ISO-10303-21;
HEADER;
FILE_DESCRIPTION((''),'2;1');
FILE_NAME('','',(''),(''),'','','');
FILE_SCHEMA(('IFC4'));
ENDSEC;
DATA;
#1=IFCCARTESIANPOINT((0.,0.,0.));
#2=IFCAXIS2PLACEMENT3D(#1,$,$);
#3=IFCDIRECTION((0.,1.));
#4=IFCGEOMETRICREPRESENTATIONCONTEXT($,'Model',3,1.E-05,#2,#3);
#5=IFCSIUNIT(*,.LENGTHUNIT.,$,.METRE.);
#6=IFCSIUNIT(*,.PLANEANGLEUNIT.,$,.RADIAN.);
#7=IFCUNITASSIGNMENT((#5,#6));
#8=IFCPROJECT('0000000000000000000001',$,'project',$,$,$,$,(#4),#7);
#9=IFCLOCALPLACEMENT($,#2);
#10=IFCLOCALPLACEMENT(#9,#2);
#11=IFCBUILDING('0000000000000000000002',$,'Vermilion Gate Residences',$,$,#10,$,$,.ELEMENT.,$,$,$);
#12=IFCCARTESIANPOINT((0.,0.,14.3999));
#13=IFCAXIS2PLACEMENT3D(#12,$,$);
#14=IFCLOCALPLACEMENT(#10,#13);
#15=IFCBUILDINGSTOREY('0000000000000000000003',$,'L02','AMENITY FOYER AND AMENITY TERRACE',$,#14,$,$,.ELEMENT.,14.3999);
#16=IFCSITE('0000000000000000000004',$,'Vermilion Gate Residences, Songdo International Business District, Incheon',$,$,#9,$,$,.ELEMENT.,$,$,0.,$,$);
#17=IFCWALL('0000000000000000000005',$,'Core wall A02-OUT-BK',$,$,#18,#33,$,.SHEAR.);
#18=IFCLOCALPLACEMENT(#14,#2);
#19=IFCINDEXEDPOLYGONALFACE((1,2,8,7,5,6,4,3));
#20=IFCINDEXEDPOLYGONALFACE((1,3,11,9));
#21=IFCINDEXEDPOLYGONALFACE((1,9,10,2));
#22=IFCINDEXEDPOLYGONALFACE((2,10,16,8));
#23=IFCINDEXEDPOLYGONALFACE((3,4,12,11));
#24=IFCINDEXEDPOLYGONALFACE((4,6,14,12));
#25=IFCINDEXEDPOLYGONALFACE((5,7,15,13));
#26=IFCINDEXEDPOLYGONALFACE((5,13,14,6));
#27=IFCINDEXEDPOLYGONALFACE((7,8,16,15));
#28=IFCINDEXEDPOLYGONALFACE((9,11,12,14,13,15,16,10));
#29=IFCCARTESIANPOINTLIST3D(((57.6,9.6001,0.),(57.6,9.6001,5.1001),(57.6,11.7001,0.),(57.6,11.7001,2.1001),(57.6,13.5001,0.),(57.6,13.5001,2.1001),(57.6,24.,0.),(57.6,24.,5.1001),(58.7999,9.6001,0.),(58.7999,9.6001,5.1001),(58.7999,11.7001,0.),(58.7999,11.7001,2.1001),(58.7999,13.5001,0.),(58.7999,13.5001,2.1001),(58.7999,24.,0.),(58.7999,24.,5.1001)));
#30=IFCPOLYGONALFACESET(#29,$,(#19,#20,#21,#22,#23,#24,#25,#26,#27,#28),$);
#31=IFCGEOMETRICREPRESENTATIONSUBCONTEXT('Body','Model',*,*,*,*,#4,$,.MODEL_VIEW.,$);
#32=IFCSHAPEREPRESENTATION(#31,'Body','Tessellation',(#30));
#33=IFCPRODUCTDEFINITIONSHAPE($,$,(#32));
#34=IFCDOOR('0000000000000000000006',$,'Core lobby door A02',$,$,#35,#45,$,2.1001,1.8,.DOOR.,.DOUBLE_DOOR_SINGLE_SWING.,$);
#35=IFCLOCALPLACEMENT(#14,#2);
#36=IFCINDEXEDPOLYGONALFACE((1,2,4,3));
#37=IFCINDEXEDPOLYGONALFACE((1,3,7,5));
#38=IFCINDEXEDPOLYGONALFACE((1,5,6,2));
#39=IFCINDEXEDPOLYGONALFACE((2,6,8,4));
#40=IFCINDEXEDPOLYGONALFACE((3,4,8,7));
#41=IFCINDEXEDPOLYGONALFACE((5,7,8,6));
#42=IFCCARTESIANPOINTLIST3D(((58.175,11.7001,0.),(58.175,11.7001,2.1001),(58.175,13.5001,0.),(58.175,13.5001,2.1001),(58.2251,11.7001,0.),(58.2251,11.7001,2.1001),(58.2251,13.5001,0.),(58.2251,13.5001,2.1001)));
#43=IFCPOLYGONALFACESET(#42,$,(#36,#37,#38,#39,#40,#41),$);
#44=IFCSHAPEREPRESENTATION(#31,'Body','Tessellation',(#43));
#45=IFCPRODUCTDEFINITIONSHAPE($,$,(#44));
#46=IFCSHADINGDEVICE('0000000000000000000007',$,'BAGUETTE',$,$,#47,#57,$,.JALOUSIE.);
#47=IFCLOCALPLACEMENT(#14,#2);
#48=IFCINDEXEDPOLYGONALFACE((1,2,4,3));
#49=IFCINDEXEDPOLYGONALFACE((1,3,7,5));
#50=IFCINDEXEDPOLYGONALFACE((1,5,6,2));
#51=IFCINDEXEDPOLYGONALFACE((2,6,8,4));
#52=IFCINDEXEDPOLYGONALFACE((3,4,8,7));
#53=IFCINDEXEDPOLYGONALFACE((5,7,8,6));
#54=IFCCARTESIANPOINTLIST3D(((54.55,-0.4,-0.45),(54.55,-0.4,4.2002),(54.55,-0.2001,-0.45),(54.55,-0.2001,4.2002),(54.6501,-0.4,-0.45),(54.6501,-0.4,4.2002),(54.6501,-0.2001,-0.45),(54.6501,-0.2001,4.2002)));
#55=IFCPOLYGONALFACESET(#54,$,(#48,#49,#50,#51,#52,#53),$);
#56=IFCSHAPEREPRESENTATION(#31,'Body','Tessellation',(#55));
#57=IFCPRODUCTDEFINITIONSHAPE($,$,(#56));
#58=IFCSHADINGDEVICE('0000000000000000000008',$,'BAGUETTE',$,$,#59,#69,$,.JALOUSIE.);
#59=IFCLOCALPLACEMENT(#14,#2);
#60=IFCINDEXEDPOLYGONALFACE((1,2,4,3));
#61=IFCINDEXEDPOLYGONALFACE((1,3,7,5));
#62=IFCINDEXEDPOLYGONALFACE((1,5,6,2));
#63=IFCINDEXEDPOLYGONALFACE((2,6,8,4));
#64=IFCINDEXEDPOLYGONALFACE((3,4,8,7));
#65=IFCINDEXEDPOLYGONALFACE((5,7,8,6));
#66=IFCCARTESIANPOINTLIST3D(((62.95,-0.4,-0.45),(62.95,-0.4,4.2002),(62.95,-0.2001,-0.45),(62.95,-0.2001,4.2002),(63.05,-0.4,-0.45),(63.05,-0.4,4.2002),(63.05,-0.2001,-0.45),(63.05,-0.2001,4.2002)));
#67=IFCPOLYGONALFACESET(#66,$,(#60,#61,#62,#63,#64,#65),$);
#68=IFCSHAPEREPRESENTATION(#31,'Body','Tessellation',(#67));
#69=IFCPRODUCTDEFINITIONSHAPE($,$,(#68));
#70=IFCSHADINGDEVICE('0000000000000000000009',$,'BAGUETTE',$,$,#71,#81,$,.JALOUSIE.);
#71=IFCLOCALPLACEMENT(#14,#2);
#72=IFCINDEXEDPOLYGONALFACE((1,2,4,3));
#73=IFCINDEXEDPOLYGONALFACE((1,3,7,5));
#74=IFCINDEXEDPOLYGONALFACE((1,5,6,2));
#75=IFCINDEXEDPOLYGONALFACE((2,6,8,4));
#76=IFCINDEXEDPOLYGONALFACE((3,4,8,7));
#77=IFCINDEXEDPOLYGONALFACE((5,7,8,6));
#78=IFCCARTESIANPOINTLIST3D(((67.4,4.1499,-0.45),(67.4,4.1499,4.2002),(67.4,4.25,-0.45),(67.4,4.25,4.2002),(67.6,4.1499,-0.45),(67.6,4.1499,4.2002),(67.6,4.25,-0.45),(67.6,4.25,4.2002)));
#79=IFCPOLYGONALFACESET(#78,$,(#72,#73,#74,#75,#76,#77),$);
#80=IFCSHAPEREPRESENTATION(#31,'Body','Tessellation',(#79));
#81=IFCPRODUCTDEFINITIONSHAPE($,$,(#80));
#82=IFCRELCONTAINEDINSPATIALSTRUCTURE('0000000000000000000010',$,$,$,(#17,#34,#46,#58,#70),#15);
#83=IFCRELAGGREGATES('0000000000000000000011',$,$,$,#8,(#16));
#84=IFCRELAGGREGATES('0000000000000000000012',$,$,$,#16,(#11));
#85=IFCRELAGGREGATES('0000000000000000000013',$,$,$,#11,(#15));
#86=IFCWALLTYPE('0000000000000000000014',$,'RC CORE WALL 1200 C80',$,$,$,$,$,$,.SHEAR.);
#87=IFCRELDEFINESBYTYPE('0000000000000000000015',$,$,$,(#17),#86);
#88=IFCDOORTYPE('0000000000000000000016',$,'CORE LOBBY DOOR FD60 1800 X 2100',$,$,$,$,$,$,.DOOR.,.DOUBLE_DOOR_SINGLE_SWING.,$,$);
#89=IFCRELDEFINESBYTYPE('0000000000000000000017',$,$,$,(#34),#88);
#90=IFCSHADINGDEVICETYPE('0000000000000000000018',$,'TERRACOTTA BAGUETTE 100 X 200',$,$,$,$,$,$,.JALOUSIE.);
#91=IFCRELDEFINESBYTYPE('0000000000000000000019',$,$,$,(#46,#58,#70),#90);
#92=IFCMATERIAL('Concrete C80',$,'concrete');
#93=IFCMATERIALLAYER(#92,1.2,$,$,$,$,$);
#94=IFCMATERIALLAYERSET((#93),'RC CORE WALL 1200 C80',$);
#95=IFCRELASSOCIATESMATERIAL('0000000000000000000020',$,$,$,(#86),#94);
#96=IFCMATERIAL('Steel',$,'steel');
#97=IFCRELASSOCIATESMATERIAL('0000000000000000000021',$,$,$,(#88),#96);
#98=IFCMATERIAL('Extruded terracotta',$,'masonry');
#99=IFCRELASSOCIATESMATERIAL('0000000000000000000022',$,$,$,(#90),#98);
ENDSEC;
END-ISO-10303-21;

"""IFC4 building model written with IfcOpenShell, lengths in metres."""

from ifc_helpers import new_model, si_unit, direction, frame, frame_2d, origin, origin_2d, place, context, subcontext, project, spatial, rectangle, extrude, material, layer, layer_set, material_profile, profile_set, type_object, element, fill, save


model = new_model("IFC4")

# Units and contexts
model_context = context("Model", 3, precision=1e-05, world=origin(), true_north=direction((0.0, 1.0)))
body_context = subcontext(model_context, "Body", "Model", "MODEL_VIEW")
ifc_project = project(units=[si_unit("LENGTHUNIT", "METRE"), si_unit("PLANEANGLEUNIT", "RADIAN")], contexts=[model_context])

# Site, building, storey
site_placement = place(None, origin())
site = spatial("IfcSite", under=ifc_project, at=site_placement, Name="Vermilion Gate Residences, Songdo International Business District, Incheon", CompositionType="ELEMENT", RefElevation=0.0)
building_placement = place(site_placement, origin())
building = spatial("IfcBuilding", under=site, at=building_placement, Name="Vermilion Gate Residences", CompositionType="ELEMENT")
storey_placement = place(building_placement, frame((0.0, 0.0, 14.3999)))
storey = spatial("IfcBuildingStorey", under=building, at=storey_placement, Name="L02", Description="AMENITY FOYER AND AMENITY TERRACE", CompositionType="ELEMENT", Elevation=14.3999)

# Wall, opening, door
ifc_material_1 = material(Name="Concrete C80", Category="concrete")
ifc_layer_1 = layer(ifc_material_1, 1.2)
ifc_layer_set_1 = layer_set([ifc_layer_1], Name="RC CORE WALL 1200 C80")
wall_type_1 = type_object("IfcWallType", Name="RC CORE WALL 1200 C80", PredefinedType="SHEAR", material=ifc_layer_set_1)
wall_1_placement = place(storey_placement, frame((58.2, 9.6001, 0.0), z_axis=(0.0, 0.0, 1.0), x_axis=(0.0, 1.0, 0.0)))
wall_1 = element("IfcWall", 1, at=wall_1_placement, inside=storey, type_object=wall_type_1, Name="Core wall A02-OUT-BK", PredefinedType="SHEAR", context=body_context, shape_type="SweptSolid", body=[
    extrude(rectangle(XDim=14.3999, YDim=1.2, at=frame_2d((7.2, 0.0))), origin(), (0.0, 0.0, 1.0), 5.1001),
])
opening_1_placement = place(wall_1_placement, frame((2.1001, 0.0, 0.0)))
opening_1 = element("IfcOpeningElement", 2, at=opening_1_placement, cuts=wall_1, PredefinedType="OPENING", context=body_context, shape_type="SweptSolid", body=[
    extrude(rectangle(XDim=1.8, YDim=2.1001, at=frame_2d((0.8999, 1.05))), frame((0.0, 0.6099, 0.0), z_axis=(0.0, -1.0, 0.0), x_axis=(1.0, 0.0, 0.0)), (0.0, 0.0, 1.0), 1.22),
])
ifc_material_2 = material(Name="Steel", Category="steel")
door_type_1 = type_object("IfcDoorType", Name="CORE LOBBY DOOR FD60 1800 X 2100", OperationType="DOUBLE_DOOR_SINGLE_SWING", PredefinedType="DOOR", material=ifc_material_2)
door_1_placement = place(opening_1_placement, origin())
door_1 = element("IfcDoor", 3, at=door_1_placement, inside=storey, type_object=door_type_1, Name="Core lobby door A02", OperationType="DOUBLE_DOOR_SINGLE_SWING", OverallHeight=2.1001, OverallWidth=1.8, PredefinedType="DOOR", context=body_context, shape_type="SweptSolid", body=[
    extrude(rectangle(XDim=1.8, YDim=2.1001, at=frame_2d((0.8999, 1.05))), frame((0.0, 0.0249, 0.0), z_axis=(0.0, -1.0, 0.0), x_axis=(1.0, 0.0, 0.0)), (0.0, 0.0, 1.0), 0.05),
])
fill(opening_1, door_1)

# Shading devices
ifc_material_3 = material(Name="Extruded terracotta", Category="masonry")
ifc_material_profile_1 = material_profile(ifc_material_3, rectangle(XDim=0.2, YDim=0.1001, at=origin_2d()), Name="BAGUETTE 100 X 200")
ifc_profile_set_1 = profile_set([ifc_material_profile_1], Name="Extruded terracotta")
shading_device_type = type_object("IfcShadingDeviceType", Name="TERRACOTTA BAGUETTE 100 X 200", PredefinedType="JALOUSIE", material=ifc_profile_set_1)
for number, where, z_axis, x_axis, name in (
    (4, (54.6001, -0.3, -0.45), (0.0, 0.0, 1.0), (0.0, 1.0, 0.0), "BAGUETTE"),
    (5, (63.0, -0.3, -0.45), (0.0, 0.0, 1.0), (0.0, 1.0, 0.0), "BAGUETTE"),
    (6, (67.5, 4.2, -0.45), (0.0, 0.0, 1.0), (-1.0, 0.0, 0.0), "BAGUETTE"),
):
    element("IfcShadingDevice", number, at=place(storey_placement, frame(where, z_axis=z_axis, x_axis=x_axis)), inside=storey, type_object=shading_device_type, Name=name, PredefinedType="JALOUSIE", context=body_context, shape_type="SweptSolid", body=[
        extrude(rectangle(XDim=0.2, YDim=0.1001, at=origin_2d()), origin(), (0.0, 0.0, 1.0), 4.6501),
    ])

save(model, "model.ifc")
